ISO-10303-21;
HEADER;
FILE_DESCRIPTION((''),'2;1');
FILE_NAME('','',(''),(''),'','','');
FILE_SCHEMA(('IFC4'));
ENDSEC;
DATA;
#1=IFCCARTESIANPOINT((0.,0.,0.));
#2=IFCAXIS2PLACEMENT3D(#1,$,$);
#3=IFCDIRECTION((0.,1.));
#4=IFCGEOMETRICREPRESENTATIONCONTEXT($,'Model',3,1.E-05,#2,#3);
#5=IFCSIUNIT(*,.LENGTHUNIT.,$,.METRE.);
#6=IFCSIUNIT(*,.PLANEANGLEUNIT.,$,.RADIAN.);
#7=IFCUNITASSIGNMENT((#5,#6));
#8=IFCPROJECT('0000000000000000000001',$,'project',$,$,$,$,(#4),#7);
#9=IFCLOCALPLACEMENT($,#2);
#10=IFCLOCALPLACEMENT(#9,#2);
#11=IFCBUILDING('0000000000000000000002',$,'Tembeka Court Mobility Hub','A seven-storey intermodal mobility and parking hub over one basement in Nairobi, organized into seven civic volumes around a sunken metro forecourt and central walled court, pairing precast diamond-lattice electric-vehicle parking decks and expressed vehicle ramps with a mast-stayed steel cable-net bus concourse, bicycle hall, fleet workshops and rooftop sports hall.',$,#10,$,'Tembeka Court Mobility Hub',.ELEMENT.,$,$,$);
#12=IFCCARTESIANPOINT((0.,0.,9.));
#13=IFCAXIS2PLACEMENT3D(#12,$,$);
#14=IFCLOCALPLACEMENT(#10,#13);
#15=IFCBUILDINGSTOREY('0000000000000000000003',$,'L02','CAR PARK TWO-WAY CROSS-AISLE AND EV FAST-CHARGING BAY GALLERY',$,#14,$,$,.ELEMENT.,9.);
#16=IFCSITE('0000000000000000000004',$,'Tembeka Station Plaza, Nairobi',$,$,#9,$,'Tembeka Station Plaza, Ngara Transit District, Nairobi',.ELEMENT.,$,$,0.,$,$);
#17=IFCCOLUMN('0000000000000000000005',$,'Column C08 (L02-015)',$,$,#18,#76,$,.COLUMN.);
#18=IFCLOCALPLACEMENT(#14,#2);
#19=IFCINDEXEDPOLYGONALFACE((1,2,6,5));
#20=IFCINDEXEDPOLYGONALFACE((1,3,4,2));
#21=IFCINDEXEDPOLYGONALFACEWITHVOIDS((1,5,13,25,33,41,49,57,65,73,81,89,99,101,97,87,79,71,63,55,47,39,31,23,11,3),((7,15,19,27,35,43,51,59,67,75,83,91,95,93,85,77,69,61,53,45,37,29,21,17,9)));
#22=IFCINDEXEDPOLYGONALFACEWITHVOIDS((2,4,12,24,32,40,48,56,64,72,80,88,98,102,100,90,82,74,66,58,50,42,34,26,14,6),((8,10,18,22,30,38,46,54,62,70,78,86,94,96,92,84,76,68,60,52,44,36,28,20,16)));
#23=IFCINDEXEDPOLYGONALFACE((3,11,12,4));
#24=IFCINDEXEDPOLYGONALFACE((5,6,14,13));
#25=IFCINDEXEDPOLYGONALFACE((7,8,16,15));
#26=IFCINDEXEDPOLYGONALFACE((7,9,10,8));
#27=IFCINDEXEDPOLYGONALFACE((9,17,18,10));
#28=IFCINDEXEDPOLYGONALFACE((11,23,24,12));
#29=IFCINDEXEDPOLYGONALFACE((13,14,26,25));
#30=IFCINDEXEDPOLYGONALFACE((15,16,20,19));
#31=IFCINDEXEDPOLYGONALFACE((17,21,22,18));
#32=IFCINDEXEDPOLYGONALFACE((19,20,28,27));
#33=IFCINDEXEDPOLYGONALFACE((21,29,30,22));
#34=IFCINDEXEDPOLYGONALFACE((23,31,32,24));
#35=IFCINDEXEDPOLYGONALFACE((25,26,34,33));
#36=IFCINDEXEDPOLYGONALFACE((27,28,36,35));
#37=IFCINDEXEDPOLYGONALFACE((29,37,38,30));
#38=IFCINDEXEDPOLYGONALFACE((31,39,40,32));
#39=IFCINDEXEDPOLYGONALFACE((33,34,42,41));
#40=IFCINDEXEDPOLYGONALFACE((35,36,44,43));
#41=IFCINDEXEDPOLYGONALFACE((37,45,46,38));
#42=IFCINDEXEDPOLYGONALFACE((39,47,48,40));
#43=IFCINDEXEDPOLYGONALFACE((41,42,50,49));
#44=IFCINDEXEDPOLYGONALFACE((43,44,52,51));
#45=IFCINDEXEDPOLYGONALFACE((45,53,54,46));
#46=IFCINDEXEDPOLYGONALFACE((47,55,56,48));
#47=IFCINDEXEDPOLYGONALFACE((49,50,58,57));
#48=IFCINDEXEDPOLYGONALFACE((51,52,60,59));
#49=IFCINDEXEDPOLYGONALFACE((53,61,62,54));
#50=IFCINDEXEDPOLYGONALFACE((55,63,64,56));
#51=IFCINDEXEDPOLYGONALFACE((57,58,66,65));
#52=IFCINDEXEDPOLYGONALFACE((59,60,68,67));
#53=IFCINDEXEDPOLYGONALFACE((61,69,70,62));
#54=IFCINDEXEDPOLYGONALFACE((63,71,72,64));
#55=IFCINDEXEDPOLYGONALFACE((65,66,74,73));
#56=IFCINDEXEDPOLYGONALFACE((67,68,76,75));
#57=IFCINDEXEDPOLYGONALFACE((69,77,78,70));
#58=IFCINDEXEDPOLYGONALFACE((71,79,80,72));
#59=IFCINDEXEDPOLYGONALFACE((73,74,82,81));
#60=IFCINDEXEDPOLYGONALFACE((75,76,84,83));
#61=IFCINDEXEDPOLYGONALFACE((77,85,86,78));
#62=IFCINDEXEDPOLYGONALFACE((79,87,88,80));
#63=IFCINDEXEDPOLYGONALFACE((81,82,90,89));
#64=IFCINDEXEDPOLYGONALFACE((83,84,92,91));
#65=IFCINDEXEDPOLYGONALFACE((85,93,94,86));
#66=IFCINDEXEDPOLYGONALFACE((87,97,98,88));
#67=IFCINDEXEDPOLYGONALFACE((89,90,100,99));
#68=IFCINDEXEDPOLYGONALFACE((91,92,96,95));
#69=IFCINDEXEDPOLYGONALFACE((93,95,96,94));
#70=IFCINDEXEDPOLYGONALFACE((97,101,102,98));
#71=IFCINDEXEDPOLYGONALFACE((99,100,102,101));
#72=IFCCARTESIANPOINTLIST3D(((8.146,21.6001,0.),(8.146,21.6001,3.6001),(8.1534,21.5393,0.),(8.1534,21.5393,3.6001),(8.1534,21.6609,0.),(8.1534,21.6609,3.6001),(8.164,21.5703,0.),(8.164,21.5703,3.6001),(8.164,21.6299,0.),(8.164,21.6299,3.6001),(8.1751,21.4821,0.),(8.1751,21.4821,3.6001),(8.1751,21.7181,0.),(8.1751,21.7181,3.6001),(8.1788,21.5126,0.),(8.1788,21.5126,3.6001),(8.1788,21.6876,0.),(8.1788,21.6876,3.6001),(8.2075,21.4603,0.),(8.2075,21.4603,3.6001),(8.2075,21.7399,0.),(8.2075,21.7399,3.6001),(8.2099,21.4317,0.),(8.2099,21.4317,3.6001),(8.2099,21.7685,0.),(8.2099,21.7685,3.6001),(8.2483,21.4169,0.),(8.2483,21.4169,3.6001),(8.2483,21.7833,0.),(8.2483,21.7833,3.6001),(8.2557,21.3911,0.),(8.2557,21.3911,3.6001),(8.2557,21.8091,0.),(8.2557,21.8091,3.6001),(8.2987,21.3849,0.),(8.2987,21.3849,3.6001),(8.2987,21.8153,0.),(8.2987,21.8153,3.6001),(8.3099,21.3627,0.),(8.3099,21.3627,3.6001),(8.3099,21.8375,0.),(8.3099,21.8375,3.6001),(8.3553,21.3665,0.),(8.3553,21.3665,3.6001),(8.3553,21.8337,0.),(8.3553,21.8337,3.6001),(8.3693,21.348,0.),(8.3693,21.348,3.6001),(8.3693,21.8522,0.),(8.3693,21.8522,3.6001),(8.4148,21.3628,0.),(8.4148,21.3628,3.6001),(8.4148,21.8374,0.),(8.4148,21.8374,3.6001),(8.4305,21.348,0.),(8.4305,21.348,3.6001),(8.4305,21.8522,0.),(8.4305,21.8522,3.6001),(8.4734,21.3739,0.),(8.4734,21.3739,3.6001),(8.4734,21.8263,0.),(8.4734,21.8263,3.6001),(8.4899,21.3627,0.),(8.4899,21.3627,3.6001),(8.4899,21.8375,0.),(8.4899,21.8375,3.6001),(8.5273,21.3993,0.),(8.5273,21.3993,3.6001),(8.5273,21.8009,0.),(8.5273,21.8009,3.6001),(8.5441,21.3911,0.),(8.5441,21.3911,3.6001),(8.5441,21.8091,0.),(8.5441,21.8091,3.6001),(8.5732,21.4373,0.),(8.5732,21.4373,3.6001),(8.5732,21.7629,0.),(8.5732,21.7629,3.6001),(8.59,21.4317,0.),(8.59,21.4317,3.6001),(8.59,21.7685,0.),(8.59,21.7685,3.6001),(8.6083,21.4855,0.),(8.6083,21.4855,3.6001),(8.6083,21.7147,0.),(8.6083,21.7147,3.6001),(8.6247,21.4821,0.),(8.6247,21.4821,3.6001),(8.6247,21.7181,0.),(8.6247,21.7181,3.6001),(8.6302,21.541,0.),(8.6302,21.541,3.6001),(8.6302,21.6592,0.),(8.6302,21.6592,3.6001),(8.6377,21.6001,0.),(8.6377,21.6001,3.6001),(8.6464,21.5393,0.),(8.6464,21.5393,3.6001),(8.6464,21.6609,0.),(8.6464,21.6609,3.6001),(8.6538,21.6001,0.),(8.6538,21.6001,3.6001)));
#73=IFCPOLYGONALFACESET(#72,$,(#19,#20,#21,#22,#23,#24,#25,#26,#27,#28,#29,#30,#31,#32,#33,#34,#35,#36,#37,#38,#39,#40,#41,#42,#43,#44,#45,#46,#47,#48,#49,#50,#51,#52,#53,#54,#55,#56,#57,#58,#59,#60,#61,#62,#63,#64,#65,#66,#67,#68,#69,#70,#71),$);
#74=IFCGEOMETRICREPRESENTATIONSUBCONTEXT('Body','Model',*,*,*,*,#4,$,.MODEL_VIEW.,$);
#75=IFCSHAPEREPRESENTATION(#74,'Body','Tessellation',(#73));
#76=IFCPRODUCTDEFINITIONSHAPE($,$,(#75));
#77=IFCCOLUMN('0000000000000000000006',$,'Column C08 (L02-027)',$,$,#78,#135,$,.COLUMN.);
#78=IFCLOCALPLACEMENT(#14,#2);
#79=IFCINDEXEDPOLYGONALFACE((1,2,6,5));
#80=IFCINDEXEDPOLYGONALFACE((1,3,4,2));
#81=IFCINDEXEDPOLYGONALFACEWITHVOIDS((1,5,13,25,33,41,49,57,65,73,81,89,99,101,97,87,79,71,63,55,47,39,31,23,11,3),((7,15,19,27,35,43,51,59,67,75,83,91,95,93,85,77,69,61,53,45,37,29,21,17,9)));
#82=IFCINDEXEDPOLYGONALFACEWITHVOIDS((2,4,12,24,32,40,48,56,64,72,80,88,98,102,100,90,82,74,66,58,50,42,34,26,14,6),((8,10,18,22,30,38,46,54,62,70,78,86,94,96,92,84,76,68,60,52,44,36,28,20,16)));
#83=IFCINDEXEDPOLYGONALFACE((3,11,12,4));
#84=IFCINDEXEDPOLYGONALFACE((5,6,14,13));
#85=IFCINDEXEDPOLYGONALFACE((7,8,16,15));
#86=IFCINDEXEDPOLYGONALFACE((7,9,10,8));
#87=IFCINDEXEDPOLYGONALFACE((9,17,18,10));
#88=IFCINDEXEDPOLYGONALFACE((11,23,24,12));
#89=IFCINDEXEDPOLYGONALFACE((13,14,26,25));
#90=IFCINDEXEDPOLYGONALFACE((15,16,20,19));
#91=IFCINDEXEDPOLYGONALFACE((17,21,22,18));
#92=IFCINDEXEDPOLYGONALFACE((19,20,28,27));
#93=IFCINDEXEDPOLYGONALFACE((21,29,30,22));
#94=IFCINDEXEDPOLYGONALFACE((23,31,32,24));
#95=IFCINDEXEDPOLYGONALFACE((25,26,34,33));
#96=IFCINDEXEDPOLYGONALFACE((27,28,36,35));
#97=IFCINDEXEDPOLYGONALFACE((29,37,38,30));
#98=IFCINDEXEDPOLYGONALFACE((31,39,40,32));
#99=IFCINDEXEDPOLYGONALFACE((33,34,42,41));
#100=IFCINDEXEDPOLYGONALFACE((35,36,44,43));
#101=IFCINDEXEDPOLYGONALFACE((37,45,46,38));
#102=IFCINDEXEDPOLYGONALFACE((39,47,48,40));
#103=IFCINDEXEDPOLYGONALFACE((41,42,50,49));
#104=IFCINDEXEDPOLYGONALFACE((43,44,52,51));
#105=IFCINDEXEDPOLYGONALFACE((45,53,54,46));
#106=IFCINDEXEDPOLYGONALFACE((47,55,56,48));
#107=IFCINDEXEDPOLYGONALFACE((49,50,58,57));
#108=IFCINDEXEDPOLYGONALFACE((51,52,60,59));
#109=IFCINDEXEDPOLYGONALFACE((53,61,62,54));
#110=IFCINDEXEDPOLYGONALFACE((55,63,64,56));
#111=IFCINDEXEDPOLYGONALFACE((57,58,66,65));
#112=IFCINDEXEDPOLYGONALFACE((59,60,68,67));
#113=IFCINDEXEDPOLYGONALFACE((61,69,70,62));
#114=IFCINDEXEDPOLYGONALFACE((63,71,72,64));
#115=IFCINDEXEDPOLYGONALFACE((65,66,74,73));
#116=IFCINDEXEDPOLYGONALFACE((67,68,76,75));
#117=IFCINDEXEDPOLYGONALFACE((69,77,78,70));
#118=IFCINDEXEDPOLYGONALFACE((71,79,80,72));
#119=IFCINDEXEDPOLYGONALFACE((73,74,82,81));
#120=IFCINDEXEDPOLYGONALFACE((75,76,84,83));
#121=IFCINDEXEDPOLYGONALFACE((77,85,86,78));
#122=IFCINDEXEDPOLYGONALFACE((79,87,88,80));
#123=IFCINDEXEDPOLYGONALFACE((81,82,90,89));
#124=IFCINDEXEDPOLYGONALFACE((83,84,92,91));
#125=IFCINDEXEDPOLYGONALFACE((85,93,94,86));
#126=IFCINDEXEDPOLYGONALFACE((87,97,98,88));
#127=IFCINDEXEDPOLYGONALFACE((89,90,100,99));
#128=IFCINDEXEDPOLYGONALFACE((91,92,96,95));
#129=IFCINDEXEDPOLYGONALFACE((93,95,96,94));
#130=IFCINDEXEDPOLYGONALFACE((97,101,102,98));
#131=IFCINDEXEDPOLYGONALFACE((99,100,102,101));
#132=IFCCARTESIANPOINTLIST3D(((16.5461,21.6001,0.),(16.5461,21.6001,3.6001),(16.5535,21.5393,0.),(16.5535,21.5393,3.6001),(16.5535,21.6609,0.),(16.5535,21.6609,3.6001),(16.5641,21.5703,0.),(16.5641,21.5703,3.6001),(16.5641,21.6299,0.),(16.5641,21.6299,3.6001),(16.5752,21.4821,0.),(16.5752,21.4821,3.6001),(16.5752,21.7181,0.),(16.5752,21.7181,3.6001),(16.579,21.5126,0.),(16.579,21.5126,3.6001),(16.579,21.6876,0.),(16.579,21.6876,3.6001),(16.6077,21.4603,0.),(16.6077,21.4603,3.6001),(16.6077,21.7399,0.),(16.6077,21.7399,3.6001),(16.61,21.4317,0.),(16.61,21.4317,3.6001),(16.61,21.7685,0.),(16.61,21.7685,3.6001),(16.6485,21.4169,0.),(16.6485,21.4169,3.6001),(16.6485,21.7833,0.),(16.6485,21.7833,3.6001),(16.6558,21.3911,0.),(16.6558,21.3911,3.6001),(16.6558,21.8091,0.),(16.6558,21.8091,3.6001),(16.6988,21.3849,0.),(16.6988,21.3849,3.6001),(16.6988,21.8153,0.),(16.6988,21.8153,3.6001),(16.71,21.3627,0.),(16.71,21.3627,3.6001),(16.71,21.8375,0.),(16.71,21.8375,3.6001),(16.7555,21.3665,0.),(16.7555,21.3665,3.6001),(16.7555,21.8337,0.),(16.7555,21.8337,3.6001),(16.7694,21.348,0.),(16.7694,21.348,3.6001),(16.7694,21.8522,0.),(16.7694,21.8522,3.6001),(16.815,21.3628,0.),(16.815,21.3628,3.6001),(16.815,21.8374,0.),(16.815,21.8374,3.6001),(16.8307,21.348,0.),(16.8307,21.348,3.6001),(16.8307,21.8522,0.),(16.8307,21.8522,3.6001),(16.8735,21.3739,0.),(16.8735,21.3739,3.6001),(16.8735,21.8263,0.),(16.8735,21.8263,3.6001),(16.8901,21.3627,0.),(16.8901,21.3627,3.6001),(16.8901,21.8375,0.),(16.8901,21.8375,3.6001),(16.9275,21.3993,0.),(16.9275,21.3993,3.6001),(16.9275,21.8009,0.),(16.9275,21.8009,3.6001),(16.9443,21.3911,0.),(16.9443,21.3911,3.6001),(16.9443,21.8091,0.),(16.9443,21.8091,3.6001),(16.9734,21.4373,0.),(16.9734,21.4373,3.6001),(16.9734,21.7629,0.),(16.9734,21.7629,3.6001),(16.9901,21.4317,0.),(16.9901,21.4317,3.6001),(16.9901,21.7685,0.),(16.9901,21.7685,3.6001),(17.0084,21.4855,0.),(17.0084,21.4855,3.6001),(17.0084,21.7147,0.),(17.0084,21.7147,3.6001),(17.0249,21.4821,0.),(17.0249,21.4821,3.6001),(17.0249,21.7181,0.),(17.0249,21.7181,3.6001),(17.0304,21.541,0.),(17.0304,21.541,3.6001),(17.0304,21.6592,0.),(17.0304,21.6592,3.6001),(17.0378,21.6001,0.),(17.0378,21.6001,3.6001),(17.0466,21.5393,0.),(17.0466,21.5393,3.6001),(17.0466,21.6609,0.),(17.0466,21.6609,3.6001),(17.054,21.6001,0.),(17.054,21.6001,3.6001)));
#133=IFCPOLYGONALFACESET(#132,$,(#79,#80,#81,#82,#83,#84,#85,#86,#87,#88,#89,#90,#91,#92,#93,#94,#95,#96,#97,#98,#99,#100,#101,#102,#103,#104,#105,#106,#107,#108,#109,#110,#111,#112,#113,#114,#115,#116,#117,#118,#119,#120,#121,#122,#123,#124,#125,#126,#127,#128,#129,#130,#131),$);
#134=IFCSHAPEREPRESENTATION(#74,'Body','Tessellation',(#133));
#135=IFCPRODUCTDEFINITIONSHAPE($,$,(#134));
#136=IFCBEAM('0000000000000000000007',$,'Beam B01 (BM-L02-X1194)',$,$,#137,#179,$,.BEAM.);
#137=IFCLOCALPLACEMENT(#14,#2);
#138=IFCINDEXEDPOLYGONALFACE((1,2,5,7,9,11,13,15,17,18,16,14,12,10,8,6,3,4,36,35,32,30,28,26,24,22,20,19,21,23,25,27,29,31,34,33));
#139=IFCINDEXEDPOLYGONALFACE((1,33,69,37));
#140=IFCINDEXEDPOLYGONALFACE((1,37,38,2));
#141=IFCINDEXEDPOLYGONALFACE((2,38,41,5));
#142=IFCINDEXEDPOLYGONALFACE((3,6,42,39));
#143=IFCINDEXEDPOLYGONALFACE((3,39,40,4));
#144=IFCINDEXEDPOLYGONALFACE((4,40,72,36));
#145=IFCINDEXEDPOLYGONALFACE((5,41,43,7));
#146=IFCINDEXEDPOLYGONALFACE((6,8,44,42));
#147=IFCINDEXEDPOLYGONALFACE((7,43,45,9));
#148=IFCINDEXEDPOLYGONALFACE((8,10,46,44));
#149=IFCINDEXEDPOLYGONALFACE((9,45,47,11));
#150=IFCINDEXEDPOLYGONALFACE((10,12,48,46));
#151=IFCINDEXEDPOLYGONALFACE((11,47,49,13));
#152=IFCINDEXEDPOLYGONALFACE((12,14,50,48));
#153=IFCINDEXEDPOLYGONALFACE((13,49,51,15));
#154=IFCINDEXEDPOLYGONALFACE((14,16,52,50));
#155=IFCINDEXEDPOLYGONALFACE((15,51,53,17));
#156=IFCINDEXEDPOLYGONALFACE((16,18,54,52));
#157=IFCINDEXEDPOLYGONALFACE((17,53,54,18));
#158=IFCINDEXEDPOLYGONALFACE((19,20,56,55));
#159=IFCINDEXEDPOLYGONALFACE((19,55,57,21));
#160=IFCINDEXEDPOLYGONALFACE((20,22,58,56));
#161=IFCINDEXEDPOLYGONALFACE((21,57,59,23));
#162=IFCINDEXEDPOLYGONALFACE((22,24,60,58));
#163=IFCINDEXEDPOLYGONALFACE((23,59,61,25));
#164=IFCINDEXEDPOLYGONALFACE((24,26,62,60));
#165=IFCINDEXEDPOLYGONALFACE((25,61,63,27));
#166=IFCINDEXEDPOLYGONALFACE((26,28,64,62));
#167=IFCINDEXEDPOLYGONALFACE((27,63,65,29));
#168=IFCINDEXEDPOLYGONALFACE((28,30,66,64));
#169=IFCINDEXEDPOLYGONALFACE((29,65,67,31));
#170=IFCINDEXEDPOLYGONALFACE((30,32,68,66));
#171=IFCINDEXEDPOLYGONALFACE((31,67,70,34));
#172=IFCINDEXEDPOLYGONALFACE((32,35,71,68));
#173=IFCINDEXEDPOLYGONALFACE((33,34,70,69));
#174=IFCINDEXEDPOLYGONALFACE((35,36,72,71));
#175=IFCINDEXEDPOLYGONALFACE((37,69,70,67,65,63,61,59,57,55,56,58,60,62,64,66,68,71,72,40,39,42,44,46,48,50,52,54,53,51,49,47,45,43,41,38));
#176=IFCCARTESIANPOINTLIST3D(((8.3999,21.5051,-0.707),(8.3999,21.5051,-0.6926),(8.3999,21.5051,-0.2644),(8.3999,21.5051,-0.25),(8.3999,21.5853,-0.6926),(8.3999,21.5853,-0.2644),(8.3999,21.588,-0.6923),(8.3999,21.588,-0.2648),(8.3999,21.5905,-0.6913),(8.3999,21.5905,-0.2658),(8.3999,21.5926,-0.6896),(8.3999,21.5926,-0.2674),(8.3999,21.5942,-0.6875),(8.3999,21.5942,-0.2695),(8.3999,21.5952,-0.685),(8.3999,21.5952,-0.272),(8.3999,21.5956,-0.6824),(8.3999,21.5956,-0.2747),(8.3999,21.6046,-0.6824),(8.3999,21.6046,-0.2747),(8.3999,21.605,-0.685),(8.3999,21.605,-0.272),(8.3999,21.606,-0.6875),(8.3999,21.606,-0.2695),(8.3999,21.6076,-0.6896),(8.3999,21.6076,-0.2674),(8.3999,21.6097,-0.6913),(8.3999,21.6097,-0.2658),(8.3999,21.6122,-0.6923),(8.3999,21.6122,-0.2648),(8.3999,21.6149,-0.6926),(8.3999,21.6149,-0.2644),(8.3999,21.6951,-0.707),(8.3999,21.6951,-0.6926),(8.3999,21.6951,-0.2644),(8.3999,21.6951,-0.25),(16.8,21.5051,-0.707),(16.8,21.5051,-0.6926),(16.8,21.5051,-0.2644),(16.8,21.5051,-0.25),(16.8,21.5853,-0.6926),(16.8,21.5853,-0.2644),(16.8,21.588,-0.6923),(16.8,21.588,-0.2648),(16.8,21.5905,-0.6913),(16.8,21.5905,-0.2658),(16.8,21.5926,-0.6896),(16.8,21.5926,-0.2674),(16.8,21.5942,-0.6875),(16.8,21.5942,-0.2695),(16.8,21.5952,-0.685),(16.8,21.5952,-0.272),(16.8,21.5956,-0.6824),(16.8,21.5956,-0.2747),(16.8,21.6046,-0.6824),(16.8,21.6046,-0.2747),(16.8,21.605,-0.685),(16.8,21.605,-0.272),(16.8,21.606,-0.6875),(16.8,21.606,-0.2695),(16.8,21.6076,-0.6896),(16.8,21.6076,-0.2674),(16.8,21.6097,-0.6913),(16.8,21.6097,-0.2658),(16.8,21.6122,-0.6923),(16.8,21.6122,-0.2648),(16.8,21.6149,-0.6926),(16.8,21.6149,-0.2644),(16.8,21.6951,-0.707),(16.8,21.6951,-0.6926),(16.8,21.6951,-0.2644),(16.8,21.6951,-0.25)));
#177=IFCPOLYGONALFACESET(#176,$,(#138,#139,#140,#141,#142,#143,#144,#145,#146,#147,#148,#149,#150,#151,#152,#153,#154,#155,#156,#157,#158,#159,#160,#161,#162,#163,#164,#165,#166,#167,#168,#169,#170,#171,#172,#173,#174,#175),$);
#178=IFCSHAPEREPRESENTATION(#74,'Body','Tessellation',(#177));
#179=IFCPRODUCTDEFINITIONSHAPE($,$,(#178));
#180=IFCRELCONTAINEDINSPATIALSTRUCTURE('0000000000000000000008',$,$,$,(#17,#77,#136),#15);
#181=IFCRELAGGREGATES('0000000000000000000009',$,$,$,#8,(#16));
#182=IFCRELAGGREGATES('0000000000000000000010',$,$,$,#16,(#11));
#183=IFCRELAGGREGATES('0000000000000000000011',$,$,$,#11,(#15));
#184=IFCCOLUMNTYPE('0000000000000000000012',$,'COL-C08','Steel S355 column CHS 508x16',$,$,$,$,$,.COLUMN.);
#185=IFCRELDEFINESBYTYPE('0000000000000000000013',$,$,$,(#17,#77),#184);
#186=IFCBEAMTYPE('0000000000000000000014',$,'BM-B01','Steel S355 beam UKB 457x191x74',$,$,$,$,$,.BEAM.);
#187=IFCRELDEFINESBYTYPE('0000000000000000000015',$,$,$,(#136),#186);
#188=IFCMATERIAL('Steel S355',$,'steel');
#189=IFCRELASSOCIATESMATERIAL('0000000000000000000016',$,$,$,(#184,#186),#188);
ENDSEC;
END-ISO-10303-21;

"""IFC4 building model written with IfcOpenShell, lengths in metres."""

from ifc_helpers import new_model, si_unit, direction, frame, origin, origin_2d, place, context, subcontext, project, spatial, hollow_circle, i_section, extrude, material, material_profile, profile_set, type_object, element, save


model = new_model("IFC4")

# Units and contexts
model_context = context("Model", 3, precision=1e-05, world=origin(), true_north=direction((0.0, 1.0)))
body_context = subcontext(model_context, "Body", "Model", "MODEL_VIEW")
ifc_project = project(units=[si_unit("LENGTHUNIT", "METRE"), si_unit("PLANEANGLEUNIT", "RADIAN")], contexts=[model_context])

# Site, building, storey
site_placement = place(None, origin())
site = spatial("IfcSite", under=ifc_project, at=site_placement, Name="Tembeka Station Plaza, Nairobi", LongName="Tembeka Station Plaza, Ngara Transit District, Nairobi", CompositionType="ELEMENT", RefElevation=0.0)
building_placement = place(site_placement, origin())
building = spatial("IfcBuilding", under=site, at=building_placement, Name="Tembeka Court Mobility Hub", Description="A seven-storey intermodal mobility and parking hub over one basement in Nairobi, organized into seven civic volumes around a sunken metro forecourt and central walled court, pairing precast diamond-lattice electric-vehicle parking decks and expressed vehicle ramps with a mast-stayed steel cable-net bus concourse, bicycle hall, fleet workshops and rooftop sports hall.", LongName="Tembeka Court Mobility Hub", CompositionType="ELEMENT")
storey_placement = place(building_placement, frame((0.0, 0.0, 9.0)))
storey = spatial("IfcBuildingStorey", under=building, at=storey_placement, Name="L02", Description="CAR PARK TWO-WAY CROSS-AISLE AND EV FAST-CHARGING BAY GALLERY", CompositionType="ELEMENT", Elevation=9.0)

# Columns
ifc_material_1 = material(Name="Steel S355", Category="steel")
ifc_material_profile_1 = material_profile(ifc_material_1, hollow_circle(Radius=0.2539, WallThickness=0.0161, at=origin_2d()), Name="CHS 508x16")
ifc_profile_set_1 = profile_set([ifc_material_profile_1], Name="Steel S355")
column_type = type_object("IfcColumnType", Name="COL-C08", Description="Steel S355 column CHS 508x16", PredefinedType="COLUMN", material=ifc_profile_set_1)
for number, where, z_axis, x_axis, name in (
    (1, (8.3999, 21.6001, 0.0), (0.0, 0.0, 1.0), (1.0, 0.0, 0.0), "Column C08 (L02-015)"),
    (2, (16.8, 21.6001, 0.0), (0.0, 0.0, 1.0), (1.0, 0.0, 0.0), "Column C08 (L02-027)"),
):
    element("IfcColumn", number, at=place(storey_placement, frame(where, z_axis=z_axis, x_axis=x_axis)), inside=storey, type_object=column_type, Name=name, PredefinedType="COLUMN", context=body_context, shape_type="SweptSolid", body=[
        extrude(hollow_circle(Radius=0.2539, WallThickness=0.0161, at=origin_2d()), origin(), (0.0, 0.0, 1.0), 3.6001),
    ])

# Beam
ifc_material_profile_2 = material_profile(ifc_material_1, i_section(OverallWidth=0.1899, OverallDepth=0.457, WebThickness=0.009, FlangeThickness=0.0144, FilletRadius=0.0103, at=origin_2d()), Name="UKB 457x191x74")
ifc_profile_set_2 = profile_set([ifc_material_profile_2], Name="Steel S355")
beam_type_1 = type_object("IfcBeamType", Name="BM-B01", Description="Steel S355 beam UKB 457x191x74", PredefinedType="BEAM", material=ifc_profile_set_2)
beam_1_placement = place(storey_placement, frame((8.3999, 21.6001, -0.4785), z_axis=(1.0, 0.0, 0.0), x_axis=(0.0, 1.0, 0.0)))
element("IfcBeam", 3, at=beam_1_placement, inside=storey, type_object=beam_type_1, Name="Beam B01 (BM-L02-X1194)", PredefinedType="BEAM", context=body_context, shape_type="SweptSolid", body=[
    extrude(i_section(OverallWidth=0.1899, OverallDepth=0.457, WebThickness=0.009, FlangeThickness=0.0144, FilletRadius=0.0103, at=origin_2d()), origin(), (0.0, 0.0, 1.0), 8.4001),
])

save(model, "model.ifc")
